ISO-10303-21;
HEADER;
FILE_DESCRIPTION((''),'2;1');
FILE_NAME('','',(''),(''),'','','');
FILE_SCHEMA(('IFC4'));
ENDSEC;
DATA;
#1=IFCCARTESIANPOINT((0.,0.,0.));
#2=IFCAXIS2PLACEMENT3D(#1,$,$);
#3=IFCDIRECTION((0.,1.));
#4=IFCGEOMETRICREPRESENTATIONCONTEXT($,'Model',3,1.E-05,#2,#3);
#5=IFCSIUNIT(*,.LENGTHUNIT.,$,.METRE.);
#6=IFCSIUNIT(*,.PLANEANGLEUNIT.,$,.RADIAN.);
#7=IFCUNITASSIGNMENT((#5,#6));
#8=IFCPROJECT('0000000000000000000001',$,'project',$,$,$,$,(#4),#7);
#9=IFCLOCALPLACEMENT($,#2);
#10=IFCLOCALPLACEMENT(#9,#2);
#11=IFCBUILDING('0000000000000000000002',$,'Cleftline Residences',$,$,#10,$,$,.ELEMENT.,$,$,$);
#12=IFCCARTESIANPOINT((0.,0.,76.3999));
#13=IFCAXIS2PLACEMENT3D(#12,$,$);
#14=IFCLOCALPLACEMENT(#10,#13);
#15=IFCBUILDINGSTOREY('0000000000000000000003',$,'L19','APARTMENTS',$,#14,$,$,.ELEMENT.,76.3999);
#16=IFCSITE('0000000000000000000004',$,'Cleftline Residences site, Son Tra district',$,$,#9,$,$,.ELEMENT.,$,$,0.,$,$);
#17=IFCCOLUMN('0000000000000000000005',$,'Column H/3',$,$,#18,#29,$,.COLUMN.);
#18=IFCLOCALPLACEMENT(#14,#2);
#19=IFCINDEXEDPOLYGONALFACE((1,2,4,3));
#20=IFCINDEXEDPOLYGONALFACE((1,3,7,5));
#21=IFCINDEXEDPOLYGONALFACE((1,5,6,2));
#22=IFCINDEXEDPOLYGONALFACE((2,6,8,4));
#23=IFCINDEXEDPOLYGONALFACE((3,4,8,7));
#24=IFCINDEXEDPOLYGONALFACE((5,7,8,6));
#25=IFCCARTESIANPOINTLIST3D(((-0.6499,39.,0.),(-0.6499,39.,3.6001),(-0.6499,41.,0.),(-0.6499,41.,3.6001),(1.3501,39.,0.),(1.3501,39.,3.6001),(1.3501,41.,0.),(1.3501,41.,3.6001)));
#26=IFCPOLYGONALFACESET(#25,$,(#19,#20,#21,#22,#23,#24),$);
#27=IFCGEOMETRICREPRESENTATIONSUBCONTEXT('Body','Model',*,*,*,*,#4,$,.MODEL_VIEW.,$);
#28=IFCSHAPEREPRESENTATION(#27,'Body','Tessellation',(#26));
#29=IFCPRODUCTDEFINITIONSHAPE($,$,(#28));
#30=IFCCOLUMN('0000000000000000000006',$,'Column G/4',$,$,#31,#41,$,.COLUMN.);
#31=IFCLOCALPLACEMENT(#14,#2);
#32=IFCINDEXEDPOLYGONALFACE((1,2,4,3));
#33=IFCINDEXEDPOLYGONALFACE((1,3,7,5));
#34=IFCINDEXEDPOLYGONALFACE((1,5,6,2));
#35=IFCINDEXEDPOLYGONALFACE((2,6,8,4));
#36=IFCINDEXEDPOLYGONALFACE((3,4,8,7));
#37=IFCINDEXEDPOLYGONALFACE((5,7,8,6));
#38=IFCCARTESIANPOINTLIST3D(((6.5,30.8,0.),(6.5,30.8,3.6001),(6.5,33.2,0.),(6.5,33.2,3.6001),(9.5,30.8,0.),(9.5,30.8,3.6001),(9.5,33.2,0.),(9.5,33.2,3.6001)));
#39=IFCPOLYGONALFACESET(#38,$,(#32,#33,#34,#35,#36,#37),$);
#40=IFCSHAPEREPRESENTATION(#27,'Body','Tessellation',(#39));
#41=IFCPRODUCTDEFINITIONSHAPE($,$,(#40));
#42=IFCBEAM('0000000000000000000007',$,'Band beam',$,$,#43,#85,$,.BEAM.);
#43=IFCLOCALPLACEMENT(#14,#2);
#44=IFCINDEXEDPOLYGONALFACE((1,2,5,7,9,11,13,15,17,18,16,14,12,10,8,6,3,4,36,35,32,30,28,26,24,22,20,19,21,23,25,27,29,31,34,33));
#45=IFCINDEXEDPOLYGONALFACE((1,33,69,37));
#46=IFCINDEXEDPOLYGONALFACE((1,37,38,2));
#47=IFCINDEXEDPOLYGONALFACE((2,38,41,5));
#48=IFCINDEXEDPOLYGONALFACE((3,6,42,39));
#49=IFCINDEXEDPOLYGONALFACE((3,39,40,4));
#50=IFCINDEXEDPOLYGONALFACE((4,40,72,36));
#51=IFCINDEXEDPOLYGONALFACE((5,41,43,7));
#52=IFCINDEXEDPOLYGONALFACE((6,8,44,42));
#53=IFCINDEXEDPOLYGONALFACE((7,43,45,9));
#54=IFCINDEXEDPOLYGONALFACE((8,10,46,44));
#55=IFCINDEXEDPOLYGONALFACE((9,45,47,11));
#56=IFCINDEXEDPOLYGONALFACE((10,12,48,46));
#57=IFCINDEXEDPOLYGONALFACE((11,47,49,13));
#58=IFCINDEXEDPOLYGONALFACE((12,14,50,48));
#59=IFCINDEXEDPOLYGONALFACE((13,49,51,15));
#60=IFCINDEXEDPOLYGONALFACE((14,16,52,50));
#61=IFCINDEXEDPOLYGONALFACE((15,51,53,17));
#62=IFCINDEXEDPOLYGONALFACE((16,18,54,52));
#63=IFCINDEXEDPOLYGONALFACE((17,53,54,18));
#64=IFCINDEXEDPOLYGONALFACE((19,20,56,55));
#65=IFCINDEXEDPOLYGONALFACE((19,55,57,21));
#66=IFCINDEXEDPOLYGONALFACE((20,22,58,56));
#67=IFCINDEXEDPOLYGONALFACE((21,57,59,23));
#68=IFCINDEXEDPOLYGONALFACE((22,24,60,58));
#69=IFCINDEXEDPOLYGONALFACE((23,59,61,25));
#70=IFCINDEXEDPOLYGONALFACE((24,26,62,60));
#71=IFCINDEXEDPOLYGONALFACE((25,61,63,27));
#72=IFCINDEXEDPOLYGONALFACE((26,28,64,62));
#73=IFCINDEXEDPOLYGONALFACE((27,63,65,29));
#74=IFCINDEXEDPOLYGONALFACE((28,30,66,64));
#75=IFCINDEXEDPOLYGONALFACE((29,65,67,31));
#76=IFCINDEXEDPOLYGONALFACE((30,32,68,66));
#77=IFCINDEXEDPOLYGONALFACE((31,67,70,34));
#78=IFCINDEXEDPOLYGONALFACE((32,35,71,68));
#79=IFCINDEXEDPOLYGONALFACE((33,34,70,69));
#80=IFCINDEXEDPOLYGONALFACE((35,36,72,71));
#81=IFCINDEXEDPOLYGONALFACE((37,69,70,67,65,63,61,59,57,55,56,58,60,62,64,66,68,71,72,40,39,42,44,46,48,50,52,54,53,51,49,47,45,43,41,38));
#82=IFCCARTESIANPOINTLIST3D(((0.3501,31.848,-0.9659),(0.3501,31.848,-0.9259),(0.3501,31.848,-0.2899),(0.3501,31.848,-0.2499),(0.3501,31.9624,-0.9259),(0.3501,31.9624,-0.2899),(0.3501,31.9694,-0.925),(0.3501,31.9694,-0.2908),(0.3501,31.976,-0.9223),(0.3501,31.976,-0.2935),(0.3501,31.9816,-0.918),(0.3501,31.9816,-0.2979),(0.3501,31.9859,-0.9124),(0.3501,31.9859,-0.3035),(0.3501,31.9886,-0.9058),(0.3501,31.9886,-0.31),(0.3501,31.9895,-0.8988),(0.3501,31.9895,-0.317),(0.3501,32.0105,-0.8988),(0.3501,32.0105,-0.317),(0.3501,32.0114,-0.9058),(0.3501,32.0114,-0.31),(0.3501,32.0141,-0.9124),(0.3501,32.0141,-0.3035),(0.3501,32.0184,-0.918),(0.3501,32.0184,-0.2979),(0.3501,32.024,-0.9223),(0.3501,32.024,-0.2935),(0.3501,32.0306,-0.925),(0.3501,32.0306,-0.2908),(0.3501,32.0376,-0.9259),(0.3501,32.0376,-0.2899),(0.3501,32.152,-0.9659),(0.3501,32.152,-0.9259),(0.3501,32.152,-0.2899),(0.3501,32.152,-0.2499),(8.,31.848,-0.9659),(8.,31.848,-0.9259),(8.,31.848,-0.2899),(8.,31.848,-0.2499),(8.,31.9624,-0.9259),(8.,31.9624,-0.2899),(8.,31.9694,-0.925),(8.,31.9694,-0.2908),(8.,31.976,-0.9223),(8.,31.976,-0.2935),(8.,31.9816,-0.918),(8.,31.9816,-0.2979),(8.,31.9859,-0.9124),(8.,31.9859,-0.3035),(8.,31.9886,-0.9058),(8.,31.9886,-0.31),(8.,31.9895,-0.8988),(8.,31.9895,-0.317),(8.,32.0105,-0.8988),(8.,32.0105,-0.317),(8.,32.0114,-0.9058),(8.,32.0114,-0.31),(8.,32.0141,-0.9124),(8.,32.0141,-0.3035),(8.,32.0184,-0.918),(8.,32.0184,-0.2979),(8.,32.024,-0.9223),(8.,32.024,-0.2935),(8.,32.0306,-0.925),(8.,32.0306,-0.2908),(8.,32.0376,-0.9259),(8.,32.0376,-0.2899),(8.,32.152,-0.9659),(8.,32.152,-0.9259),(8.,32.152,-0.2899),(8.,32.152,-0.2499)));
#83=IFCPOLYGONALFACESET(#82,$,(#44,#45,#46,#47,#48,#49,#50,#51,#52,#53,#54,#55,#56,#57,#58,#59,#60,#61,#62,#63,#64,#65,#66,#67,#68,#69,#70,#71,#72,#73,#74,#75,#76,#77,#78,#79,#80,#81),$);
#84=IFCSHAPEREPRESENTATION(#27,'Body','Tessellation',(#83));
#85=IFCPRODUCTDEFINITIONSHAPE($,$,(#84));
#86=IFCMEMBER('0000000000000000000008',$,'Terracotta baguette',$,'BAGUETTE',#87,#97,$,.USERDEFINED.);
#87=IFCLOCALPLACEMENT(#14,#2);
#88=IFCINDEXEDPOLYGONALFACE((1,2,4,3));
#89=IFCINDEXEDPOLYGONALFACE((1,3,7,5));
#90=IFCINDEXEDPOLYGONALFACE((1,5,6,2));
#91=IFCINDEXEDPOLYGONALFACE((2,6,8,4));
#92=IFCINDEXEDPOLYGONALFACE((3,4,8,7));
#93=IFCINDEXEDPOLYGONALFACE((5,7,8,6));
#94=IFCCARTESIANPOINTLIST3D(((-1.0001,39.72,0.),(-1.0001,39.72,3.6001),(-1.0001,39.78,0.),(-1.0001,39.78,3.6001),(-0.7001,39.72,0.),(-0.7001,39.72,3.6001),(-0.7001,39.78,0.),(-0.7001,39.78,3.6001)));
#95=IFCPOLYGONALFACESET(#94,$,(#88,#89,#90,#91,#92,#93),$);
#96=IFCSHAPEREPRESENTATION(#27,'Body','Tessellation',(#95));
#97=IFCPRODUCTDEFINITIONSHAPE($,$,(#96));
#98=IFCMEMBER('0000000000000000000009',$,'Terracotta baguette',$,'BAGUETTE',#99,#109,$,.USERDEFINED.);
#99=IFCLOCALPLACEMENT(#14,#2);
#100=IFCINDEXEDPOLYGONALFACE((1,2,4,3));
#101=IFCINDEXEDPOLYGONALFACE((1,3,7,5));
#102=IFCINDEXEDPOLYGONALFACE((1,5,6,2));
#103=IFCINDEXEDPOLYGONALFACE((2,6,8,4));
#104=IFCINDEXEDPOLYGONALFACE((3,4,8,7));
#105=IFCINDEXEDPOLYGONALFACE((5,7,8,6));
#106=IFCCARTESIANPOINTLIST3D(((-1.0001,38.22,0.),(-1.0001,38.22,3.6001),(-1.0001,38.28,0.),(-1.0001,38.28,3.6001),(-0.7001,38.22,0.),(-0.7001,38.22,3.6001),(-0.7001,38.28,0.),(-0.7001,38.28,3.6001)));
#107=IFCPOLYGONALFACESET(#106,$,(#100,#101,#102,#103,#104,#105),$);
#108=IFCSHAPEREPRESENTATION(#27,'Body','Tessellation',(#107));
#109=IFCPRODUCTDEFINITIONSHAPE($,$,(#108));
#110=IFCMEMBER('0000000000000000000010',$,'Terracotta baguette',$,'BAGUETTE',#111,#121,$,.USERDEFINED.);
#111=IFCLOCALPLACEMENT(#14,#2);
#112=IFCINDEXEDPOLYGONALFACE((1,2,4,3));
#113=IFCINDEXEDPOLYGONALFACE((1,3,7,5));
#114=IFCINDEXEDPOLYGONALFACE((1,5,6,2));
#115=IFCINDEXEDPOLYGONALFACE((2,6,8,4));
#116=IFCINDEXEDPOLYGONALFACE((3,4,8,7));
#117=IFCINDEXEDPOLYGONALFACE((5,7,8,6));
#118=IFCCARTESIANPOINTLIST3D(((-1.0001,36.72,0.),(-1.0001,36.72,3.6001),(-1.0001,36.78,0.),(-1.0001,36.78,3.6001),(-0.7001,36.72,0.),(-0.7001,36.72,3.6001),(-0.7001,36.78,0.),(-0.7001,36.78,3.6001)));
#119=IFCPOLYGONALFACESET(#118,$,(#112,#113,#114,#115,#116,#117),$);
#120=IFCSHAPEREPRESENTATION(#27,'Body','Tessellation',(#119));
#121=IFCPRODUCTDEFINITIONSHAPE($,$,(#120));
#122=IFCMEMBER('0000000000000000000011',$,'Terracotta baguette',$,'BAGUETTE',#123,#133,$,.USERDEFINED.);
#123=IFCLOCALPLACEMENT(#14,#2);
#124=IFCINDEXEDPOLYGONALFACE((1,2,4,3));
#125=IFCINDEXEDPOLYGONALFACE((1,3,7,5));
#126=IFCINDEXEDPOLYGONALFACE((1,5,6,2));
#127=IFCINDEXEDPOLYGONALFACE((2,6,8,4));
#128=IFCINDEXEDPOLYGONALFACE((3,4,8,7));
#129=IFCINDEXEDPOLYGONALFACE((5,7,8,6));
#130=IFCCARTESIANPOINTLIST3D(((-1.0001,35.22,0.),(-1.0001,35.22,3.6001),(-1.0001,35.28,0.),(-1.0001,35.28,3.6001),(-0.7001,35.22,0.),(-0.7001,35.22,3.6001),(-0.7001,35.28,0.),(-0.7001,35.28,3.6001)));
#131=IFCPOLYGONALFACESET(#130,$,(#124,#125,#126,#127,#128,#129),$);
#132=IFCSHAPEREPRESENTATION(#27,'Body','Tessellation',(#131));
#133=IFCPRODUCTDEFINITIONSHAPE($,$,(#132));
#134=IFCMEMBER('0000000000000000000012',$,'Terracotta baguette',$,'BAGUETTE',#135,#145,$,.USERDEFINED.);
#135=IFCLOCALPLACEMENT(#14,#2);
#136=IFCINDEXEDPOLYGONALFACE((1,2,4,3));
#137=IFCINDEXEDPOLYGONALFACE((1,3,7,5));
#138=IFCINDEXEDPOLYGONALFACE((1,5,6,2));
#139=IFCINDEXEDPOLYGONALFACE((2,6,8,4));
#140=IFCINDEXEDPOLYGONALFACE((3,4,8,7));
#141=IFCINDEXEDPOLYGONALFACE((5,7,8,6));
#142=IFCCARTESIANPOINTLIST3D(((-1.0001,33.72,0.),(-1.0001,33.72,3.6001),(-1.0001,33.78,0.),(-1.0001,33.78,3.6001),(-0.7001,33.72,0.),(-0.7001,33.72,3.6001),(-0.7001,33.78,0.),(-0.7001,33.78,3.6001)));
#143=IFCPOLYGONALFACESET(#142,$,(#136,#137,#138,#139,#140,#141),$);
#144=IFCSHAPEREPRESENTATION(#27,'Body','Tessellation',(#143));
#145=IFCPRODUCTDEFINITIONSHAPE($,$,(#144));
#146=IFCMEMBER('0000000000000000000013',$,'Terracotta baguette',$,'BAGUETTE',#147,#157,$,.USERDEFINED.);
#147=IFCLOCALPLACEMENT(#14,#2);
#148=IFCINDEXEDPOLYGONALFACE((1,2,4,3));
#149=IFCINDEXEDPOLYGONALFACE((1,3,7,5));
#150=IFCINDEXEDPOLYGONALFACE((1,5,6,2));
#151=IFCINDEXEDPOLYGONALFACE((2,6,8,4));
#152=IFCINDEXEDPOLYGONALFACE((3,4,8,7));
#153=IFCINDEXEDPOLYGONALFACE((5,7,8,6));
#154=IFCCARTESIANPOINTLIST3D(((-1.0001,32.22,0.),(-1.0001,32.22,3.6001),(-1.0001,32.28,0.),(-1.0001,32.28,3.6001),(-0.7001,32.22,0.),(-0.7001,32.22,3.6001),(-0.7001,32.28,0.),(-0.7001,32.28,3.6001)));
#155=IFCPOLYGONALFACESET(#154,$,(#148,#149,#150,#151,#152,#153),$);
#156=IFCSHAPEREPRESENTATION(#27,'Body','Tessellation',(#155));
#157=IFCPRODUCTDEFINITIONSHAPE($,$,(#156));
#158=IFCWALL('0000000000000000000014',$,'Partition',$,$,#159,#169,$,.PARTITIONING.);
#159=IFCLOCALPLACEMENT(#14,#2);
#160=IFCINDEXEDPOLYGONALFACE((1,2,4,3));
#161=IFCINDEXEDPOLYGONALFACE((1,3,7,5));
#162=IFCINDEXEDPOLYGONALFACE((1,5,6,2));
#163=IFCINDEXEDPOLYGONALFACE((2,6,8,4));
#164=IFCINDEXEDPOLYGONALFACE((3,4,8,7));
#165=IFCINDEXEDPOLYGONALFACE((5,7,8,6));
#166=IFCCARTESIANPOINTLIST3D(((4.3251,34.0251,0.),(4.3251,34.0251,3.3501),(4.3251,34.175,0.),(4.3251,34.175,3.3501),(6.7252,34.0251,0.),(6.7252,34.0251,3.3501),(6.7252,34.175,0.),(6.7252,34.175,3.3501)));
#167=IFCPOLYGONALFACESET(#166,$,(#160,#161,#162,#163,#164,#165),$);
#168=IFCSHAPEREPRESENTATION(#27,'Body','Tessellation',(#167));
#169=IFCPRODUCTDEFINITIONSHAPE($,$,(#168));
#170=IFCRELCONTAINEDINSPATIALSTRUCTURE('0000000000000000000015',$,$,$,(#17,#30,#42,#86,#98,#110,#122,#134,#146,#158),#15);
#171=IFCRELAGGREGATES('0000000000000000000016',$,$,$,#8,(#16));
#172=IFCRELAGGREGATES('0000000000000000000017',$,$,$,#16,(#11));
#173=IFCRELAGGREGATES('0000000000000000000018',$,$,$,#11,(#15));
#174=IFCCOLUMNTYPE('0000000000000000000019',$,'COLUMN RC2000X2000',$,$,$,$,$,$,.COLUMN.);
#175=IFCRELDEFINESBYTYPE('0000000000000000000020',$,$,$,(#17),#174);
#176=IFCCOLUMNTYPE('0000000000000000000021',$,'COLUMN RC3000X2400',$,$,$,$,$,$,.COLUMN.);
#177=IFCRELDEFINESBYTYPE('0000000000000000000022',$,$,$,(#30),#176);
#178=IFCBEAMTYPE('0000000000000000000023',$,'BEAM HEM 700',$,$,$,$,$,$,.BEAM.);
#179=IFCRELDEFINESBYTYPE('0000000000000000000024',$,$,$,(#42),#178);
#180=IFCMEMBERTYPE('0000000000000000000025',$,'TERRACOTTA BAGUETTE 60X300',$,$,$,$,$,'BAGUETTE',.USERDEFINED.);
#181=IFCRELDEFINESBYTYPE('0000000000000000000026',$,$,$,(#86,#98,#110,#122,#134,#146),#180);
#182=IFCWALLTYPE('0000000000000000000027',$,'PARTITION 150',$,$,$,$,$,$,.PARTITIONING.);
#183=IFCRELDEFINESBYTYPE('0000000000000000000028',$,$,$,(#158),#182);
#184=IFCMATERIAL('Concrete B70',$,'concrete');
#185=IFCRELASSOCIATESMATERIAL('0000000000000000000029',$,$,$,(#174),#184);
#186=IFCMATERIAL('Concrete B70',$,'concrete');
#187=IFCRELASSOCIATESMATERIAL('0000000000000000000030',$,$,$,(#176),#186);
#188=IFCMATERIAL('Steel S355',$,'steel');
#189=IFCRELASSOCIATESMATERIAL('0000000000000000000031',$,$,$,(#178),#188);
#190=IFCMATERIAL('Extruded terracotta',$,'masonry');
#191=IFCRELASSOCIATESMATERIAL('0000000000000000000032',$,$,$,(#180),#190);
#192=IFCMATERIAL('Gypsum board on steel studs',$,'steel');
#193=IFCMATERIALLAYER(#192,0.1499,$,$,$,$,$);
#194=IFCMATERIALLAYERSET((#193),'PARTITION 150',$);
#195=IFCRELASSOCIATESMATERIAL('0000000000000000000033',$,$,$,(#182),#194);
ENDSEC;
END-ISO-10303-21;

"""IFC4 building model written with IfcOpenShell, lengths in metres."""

from ifc_helpers import new_model, si_unit, direction, frame, frame_2d, origin, origin_2d, place, context, subcontext, project, spatial, rectangle, i_section, extrude, material, layer, layer_set, material_profile, profile_set, type_object, element, save


model = new_model("IFC4")

# Units and contexts
model_context = context("Model", 3, precision=1e-05, world=origin(), true_north=direction((0.0, 1.0)))
body_context = subcontext(model_context, "Body", "Model", "MODEL_VIEW")
ifc_project = project(units=[si_unit("LENGTHUNIT", "METRE"), si_unit("PLANEANGLEUNIT", "RADIAN")], contexts=[model_context])

# Site, building, storey
site_placement = place(None, origin())
site = spatial("IfcSite", under=ifc_project, at=site_placement, Name="Cleftline Residences site, Son Tra district", CompositionType="ELEMENT", RefElevation=0.0)
building_placement = place(site_placement, origin())
building = spatial("IfcBuilding", under=site, at=building_placement, Name="Cleftline Residences", CompositionType="ELEMENT")
storey_placement = place(building_placement, frame((0.0, 0.0, 76.3999)))
storey = spatial("IfcBuildingStorey", under=building, at=storey_placement, Name="L19", Description="APARTMENTS", CompositionType="ELEMENT", Elevation=76.3999)

# Columns
ifc_material_1 = material(Name="Concrete B70", Category="concrete")
ifc_material_profile_1 = material_profile(ifc_material_1, rectangle(XDim=2.0, YDim=2.0, at=origin_2d()))
ifc_profile_set_1 = profile_set([ifc_material_profile_1], Name="Concrete B70")
column_type_1 = type_object("IfcColumnType", Name="COLUMN RC2000X2000", PredefinedType="COLUMN", material=ifc_profile_set_1)
column_1_placement = place(storey_placement, frame((0.3501, 40.0, 0.0), z_axis=(0.0, 0.0, 1.0), x_axis=(1.0, 0.0, 0.0)))
element("IfcColumn", 1, at=column_1_placement, inside=storey, type_object=column_type_1, Name="Column H/3", PredefinedType="COLUMN", context=body_context, shape_type="SweptSolid", body=[
    extrude(rectangle(XDim=2.0, YDim=2.0, at=origin_2d()), origin(), (0.0, 0.0, 1.0), 3.6001),
])
ifc_material_2 = material(Name="Concrete B70", Category="concrete")
ifc_material_profile_2 = material_profile(ifc_material_2, rectangle(XDim=3.0, YDim=2.3999, at=origin_2d()))
ifc_profile_set_2 = profile_set([ifc_material_profile_2], Name="Concrete B70")
column_type_2 = type_object("IfcColumnType", Name="COLUMN RC3000X2400", PredefinedType="COLUMN", material=ifc_profile_set_2)
column_2_placement = place(storey_placement, frame((8.0, 32.0, 0.0), z_axis=(0.0, 0.0, 1.0), x_axis=(1.0, 0.0, 0.0)))
element("IfcColumn", 2, at=column_2_placement, inside=storey, type_object=column_type_2, Name="Column G/4", PredefinedType="COLUMN", context=body_context, shape_type="SweptSolid", body=[
    extrude(rectangle(XDim=3.0, YDim=2.3999, at=origin_2d()), origin(), (0.0, 0.0, 1.0), 3.6001),
])

# Beam
ifc_material_3 = material(Name="Steel S355", Category="steel")
ifc_material_profile_3 = material_profile(ifc_material_3, i_section(OverallWidth=0.304, OverallDepth=0.7161, WebThickness=0.021, FlangeThickness=0.04, FilletRadius=0.0271, at=origin_2d()))
ifc_profile_set_3 = profile_set([ifc_material_profile_3], Name="Steel S355")
beam_type = type_object("IfcBeamType", Name="BEAM HEM 700", PredefinedType="BEAM", material=ifc_profile_set_3)
beam_placement = place(storey_placement, frame((0.3501, 32.0, -0.6079), z_axis=(1.0, 0.0, 0.0), x_axis=(0.0, 1.0, 0.0)))
element("IfcBeam", 3, at=beam_placement, inside=storey, type_object=beam_type, Name="Band beam", PredefinedType="BEAM", context=body_context, shape_type="SweptSolid", body=[
    extrude(i_section(OverallWidth=0.304, OverallDepth=0.7161, WebThickness=0.021, FlangeThickness=0.04, FilletRadius=0.0271, at=origin_2d()), origin(), (0.0, 0.0, 1.0), 7.6499),
])

# Members
ifc_material_4 = material(Name="Extruded terracotta", Category="masonry")
ifc_material_profile_4 = material_profile(ifc_material_4, rectangle(XDim=0.0601, YDim=0.3, at=origin_2d()))
ifc_profile_set_4 = profile_set([ifc_material_profile_4], Name="Extruded terracotta")
member_type = type_object("IfcMemberType", Name="TERRACOTTA BAGUETTE 60X300", ElementType="BAGUETTE", PredefinedType="USERDEFINED", material=ifc_profile_set_4)
for number, where, z_axis, x_axis, name in (
    (4, (-0.8501, 39.75, 0.0), (0.0, 0.0, 1.0), (0.0, 1.0, 0.0), "Terracotta baguette"),
    (5, (-0.8501, 38.25, 0.0), (0.0, 0.0, 1.0), (0.0, 1.0, 0.0), "Terracotta baguette"),
    (6, (-0.8501, 36.75, 0.0), (0.0, 0.0, 1.0), (0.0, 1.0, 0.0), "Terracotta baguette"),
    (7, (-0.8501, 35.25, 0.0), (0.0, 0.0, 1.0), (0.0, 1.0, 0.0), "Terracotta baguette"),
    (8, (-0.8501, 33.75, 0.0), (0.0, 0.0, 1.0), (0.0, 1.0, 0.0), "Terracotta baguette"),
    (9, (-0.8501, 32.25, 0.0), (0.0, 0.0, 1.0), (0.0, 1.0, 0.0), "Terracotta baguette"),
):
    element("IfcMember", number, at=place(storey_placement, frame(where, z_axis=z_axis, x_axis=x_axis)), inside=storey, type_object=member_type, Name=name, ObjectType="BAGUETTE", PredefinedType="USERDEFINED", context=body_context, shape_type="SweptSolid", body=[
        extrude(rectangle(XDim=0.0601, YDim=0.3, at=origin_2d()), origin(), (0.0, 0.0, 1.0), 3.6001),
    ])

# Wall
ifc_material_5 = material(Name="Gypsum board on steel studs", Category="steel")
ifc_layer = layer(ifc_material_5, 0.1499)
ifc_layer_set = layer_set([ifc_layer], Name="PARTITION 150")
wall_type = type_object("IfcWallType", Name="PARTITION 150", PredefinedType="PARTITIONING", material=ifc_layer_set)
wall_1_placement = place(storey_placement, frame((4.325, 34.1001, 0.0), z_axis=(0.0, 0.0, 1.0), x_axis=(1.0, 0.0, 0.0)))
element("IfcWall", 10, at=wall_1_placement, inside=storey, type_object=wall_type, Name="Partition", PredefinedType="PARTITIONING", context=body_context, shape_type="SweptSolid", body=[
    extrude(rectangle(XDim=2.4001, YDim=0.1499, at=frame_2d((1.2002, 0.0))), origin(), (0.0, 0.0, 1.0), 3.3501),
])

save(model, "model.ifc")
